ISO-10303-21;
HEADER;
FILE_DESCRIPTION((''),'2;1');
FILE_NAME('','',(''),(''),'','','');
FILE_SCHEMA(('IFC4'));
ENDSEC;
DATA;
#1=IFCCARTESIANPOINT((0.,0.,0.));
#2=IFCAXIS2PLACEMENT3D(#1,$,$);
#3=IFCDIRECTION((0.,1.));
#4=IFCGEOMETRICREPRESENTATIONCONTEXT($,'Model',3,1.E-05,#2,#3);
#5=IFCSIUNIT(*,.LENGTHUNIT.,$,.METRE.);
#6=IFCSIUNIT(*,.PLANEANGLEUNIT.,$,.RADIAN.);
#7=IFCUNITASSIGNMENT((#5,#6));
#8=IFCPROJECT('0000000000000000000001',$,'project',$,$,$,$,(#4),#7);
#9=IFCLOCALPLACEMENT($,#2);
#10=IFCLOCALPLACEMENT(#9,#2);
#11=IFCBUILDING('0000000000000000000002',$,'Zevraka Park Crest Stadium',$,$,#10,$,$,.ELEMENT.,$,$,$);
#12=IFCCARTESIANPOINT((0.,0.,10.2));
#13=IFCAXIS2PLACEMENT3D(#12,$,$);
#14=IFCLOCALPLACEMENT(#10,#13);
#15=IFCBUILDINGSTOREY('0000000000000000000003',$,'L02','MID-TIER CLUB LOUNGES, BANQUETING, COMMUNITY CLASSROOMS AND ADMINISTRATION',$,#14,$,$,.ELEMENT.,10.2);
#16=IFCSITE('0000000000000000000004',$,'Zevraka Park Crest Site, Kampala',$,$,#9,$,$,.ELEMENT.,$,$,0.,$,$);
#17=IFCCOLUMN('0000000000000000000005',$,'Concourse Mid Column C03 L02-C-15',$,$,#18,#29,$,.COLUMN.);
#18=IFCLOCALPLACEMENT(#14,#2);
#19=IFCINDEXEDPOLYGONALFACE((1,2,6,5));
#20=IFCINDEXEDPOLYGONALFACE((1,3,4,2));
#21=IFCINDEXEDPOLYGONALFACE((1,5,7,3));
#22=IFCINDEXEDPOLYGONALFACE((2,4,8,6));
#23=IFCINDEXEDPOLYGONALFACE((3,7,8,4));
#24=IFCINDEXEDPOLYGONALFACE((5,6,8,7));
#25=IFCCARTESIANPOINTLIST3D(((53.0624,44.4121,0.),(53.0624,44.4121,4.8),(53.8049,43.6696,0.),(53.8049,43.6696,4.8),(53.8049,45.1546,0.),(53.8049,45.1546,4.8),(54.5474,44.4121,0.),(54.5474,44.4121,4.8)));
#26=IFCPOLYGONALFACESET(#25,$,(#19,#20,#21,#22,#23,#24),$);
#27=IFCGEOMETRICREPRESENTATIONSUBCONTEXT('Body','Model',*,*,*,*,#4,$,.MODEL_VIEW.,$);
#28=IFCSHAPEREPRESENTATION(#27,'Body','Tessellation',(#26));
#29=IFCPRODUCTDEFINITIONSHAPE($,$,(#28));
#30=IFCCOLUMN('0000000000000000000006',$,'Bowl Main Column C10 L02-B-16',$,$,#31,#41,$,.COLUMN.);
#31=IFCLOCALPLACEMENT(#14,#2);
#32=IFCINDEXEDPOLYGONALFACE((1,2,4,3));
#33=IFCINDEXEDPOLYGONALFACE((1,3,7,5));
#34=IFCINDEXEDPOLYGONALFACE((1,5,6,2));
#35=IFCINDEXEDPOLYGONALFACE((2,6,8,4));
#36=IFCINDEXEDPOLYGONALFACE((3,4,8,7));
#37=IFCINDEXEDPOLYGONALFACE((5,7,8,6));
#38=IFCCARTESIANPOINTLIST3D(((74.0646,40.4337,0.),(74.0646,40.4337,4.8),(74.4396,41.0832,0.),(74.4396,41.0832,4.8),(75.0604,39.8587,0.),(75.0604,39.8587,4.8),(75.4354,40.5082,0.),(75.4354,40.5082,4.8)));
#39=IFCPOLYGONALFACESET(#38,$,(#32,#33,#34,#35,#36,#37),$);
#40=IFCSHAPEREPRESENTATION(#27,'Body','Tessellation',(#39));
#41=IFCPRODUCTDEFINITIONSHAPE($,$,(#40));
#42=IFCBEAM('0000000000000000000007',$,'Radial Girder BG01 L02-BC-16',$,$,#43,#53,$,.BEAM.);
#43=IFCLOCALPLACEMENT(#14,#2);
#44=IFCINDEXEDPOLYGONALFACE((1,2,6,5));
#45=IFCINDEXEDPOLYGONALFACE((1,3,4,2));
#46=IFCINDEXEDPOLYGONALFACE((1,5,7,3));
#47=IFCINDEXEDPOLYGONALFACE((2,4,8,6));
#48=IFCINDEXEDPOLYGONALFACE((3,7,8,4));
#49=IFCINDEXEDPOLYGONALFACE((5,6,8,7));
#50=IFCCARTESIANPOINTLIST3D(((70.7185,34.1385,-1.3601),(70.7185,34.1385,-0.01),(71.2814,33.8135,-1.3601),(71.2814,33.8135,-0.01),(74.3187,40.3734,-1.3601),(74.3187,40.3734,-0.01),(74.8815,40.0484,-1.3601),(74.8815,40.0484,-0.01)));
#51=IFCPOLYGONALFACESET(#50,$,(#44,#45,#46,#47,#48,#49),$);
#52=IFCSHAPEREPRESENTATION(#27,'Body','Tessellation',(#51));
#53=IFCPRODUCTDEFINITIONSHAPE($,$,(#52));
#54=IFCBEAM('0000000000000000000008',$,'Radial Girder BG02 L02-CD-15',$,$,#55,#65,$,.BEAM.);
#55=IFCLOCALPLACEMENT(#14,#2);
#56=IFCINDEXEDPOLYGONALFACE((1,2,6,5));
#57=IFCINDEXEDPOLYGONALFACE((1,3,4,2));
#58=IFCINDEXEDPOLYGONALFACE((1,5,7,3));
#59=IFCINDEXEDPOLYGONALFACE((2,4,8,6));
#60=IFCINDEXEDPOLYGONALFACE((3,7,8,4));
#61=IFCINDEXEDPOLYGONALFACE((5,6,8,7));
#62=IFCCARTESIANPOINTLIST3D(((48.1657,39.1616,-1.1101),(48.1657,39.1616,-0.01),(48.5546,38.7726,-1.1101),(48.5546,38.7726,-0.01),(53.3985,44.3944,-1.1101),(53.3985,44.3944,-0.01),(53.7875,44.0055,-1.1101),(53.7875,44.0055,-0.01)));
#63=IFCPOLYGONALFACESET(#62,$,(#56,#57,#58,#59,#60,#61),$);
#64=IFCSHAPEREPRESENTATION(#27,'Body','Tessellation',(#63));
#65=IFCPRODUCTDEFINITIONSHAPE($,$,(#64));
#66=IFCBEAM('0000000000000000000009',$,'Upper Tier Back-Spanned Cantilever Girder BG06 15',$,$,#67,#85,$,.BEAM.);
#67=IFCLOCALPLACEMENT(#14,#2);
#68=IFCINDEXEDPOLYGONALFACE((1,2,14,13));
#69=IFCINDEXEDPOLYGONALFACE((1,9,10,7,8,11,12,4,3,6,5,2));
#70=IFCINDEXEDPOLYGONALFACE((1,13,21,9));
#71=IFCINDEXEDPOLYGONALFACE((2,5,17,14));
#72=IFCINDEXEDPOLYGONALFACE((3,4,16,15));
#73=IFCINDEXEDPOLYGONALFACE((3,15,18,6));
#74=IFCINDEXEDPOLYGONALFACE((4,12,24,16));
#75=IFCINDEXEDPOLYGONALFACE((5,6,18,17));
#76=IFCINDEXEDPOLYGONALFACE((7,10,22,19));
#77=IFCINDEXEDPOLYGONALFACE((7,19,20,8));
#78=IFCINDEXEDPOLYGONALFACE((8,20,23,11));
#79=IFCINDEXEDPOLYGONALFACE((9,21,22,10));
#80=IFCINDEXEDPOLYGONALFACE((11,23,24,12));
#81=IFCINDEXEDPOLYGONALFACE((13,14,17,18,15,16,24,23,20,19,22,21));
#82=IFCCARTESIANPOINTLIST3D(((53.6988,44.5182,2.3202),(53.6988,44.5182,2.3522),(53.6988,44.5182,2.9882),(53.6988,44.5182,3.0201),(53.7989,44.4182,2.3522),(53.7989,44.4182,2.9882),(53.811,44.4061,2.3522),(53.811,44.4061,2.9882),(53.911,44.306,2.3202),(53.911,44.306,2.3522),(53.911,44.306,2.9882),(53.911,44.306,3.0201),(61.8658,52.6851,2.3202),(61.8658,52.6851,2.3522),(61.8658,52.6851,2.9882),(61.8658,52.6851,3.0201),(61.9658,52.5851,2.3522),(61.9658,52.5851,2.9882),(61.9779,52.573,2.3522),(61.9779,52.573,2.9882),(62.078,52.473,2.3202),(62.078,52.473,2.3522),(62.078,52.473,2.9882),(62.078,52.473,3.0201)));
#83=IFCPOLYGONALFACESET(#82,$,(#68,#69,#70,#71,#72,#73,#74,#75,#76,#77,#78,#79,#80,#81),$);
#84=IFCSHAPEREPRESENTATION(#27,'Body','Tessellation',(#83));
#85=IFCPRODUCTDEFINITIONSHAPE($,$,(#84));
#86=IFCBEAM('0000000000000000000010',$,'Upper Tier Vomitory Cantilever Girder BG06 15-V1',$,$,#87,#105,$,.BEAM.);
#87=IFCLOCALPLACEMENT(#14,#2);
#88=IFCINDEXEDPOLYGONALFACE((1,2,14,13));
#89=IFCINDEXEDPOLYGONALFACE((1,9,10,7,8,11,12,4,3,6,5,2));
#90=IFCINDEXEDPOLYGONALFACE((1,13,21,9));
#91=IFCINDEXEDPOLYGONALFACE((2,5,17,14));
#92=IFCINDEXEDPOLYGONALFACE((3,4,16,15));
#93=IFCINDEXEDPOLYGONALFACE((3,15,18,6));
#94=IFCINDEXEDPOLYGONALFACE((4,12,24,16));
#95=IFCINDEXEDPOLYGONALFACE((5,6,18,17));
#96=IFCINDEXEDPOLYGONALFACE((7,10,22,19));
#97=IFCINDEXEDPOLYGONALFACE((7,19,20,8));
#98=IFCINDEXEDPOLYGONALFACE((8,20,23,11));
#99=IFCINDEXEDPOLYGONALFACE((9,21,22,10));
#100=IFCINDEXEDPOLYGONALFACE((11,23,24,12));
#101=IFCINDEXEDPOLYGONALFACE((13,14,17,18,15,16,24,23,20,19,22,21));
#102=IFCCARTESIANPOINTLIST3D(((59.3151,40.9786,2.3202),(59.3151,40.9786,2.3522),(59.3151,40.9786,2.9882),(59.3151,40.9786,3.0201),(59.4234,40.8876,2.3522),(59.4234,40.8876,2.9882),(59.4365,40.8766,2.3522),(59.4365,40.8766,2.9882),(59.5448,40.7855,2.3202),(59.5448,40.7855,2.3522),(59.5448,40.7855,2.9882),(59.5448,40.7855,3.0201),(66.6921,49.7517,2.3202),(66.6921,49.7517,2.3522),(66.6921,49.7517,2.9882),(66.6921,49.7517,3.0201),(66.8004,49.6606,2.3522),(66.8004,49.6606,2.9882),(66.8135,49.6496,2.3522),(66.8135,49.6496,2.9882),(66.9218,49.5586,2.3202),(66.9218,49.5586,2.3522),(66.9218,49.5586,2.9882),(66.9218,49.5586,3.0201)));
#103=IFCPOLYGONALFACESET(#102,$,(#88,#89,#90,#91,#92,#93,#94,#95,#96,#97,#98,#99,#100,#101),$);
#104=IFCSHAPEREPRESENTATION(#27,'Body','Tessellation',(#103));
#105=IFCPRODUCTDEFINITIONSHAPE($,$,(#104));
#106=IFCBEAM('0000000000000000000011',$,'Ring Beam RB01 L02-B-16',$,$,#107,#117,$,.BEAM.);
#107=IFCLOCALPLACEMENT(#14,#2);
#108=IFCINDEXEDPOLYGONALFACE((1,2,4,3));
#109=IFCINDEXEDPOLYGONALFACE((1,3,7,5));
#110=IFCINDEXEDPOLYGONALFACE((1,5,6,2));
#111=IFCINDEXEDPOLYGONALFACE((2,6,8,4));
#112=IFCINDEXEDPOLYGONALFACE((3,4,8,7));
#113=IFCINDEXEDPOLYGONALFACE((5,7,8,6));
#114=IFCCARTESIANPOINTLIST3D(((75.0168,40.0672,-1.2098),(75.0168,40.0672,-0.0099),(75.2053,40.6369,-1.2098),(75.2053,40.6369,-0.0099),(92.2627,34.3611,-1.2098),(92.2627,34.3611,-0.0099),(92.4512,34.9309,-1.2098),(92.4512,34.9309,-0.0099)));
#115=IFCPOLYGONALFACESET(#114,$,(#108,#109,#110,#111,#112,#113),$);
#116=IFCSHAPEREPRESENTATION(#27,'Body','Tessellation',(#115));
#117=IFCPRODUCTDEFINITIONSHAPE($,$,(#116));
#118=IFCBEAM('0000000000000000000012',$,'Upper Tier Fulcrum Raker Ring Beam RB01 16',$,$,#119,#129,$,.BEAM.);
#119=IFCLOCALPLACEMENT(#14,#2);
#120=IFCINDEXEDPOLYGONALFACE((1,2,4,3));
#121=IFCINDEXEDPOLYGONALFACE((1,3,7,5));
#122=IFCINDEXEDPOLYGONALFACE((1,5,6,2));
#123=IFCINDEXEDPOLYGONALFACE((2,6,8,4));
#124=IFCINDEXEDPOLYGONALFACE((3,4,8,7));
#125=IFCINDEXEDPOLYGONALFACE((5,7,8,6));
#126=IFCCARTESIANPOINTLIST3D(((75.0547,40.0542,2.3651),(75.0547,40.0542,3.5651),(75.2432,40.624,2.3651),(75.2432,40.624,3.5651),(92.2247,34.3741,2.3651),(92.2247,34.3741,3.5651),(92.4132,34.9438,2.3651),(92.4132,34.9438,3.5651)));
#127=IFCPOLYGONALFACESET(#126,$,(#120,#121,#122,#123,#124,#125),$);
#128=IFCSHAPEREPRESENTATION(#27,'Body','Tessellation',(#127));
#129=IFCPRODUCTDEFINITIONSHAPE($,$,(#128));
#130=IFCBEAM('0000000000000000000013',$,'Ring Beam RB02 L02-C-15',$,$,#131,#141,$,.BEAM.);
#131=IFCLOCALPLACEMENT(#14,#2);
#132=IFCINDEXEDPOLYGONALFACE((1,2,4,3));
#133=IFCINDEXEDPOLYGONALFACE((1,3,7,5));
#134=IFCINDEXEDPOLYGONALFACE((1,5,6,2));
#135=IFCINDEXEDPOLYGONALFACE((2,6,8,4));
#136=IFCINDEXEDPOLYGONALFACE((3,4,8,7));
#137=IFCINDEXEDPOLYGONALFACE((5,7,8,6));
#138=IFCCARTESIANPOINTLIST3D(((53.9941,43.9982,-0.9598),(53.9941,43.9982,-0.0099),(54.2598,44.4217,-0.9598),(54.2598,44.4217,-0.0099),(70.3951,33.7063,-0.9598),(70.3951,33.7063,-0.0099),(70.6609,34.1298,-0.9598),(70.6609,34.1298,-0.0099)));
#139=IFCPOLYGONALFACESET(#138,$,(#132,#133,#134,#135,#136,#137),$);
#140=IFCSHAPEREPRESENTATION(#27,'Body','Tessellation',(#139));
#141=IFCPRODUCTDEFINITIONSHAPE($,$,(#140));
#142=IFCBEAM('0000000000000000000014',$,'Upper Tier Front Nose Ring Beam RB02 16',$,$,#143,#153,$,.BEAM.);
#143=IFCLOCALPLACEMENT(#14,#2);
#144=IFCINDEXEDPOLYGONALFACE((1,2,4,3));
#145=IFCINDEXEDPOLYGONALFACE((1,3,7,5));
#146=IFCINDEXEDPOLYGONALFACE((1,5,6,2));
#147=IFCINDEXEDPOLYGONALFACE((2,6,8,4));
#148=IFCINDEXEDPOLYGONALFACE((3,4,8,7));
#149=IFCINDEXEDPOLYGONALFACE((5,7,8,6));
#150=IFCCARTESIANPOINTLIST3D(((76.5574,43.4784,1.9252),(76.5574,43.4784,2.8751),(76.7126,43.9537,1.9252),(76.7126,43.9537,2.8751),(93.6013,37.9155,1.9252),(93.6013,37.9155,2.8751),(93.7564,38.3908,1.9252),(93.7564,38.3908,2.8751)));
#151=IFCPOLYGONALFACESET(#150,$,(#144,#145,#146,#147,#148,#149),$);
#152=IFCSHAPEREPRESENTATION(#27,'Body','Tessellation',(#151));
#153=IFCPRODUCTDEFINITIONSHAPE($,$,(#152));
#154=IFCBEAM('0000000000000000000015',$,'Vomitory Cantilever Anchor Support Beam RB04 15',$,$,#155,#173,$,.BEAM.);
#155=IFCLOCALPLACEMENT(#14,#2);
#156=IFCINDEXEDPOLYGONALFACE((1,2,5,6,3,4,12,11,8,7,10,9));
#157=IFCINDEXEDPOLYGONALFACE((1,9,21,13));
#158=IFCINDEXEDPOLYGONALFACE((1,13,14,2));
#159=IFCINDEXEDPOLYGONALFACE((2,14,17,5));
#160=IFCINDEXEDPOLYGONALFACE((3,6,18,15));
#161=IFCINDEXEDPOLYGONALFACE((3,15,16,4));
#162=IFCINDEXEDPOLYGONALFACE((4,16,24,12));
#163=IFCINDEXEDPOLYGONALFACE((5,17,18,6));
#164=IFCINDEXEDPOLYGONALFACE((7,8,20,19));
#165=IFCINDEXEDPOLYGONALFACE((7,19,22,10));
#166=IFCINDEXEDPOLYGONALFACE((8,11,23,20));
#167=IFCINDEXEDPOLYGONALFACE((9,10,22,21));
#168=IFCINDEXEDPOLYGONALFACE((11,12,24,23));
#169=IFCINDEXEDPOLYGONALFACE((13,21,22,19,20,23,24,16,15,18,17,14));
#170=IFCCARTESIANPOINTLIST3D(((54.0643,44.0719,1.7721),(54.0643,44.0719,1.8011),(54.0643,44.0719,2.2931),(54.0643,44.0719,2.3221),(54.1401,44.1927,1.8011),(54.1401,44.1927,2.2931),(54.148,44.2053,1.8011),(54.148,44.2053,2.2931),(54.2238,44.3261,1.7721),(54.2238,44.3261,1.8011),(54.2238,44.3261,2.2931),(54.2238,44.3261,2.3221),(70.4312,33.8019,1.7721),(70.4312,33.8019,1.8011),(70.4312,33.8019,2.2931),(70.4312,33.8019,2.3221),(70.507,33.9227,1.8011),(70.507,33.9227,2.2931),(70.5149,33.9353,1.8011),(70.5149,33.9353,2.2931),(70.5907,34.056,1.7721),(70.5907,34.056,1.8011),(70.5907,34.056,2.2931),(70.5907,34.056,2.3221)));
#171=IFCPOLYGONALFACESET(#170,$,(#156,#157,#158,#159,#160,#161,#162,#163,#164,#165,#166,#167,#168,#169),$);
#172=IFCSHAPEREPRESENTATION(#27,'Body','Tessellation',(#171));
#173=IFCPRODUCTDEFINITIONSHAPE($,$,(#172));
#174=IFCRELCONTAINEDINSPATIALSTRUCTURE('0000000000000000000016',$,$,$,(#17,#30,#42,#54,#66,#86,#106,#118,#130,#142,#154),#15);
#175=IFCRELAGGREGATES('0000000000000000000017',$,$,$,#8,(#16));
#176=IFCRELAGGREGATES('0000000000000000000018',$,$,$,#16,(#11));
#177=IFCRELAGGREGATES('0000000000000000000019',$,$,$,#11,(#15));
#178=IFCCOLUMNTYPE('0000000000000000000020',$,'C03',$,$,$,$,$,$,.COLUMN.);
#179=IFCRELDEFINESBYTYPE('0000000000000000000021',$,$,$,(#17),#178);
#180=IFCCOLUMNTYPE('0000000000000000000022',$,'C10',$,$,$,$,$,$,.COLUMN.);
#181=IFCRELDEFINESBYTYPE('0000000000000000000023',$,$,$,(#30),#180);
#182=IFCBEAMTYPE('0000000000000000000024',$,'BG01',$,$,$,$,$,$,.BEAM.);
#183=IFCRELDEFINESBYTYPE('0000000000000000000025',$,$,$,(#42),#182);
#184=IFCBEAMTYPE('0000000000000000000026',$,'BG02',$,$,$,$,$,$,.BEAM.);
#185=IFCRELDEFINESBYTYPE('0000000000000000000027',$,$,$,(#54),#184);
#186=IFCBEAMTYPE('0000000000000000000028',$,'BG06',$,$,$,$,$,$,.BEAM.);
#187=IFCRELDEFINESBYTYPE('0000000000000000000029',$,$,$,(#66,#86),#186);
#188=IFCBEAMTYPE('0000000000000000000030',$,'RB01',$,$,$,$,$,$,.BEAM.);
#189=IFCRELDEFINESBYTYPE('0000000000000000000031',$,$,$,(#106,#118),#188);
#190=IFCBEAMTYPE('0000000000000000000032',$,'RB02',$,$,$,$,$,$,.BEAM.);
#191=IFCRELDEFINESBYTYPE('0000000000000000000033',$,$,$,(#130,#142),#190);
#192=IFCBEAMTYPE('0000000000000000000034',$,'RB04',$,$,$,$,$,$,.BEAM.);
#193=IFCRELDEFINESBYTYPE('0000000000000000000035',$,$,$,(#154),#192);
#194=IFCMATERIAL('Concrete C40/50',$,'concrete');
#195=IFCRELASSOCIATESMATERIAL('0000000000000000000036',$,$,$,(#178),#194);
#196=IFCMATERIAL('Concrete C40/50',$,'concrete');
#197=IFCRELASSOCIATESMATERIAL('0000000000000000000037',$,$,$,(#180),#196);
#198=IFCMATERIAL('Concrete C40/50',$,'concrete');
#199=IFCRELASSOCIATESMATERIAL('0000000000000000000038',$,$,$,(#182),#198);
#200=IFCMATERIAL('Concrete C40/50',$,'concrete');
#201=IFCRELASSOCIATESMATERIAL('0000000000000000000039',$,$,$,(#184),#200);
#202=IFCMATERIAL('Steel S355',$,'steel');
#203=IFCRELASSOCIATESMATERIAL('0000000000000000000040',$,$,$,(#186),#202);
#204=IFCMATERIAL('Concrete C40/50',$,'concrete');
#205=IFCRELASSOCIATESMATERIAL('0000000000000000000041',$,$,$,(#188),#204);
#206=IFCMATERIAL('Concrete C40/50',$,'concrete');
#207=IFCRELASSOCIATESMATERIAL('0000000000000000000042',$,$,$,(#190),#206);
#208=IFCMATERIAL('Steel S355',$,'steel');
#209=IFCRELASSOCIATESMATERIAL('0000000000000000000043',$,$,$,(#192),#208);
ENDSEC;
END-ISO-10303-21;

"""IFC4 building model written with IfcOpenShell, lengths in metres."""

from ifc_helpers import new_model, si_unit, direction, frame, origin, origin_2d, place, context, subcontext, project, spatial, rectangle, i_section, extrude, material, material_profile, profile_set, type_object, element, save


model = new_model("IFC4")

# Units and contexts
model_context = context("Model", 3, precision=1e-05, world=origin(), true_north=direction((0.0, 1.0)))
body_context = subcontext(model_context, "Body", "Model", "MODEL_VIEW")
ifc_project = project(units=[si_unit("LENGTHUNIT", "METRE"), si_unit("PLANEANGLEUNIT", "RADIAN")], contexts=[model_context])

# Site, building, storey
site_placement = place(None, origin())
site = spatial("IfcSite", under=ifc_project, at=site_placement, Name="Zevraka Park Crest Site, Kampala", CompositionType="ELEMENT", RefElevation=0.0)
building_placement = place(site_placement, origin())
building = spatial("IfcBuilding", under=site, at=building_placement, Name="Zevraka Park Crest Stadium", CompositionType="ELEMENT")
storey_placement = place(building_placement, frame((0.0, 0.0, 10.2)))
storey = spatial("IfcBuildingStorey", under=building, at=storey_placement, Name="L02", Description="MID-TIER CLUB LOUNGES, BANQUETING, COMMUNITY CLASSROOMS AND ADMINISTRATION", CompositionType="ELEMENT", Elevation=10.2)

# Columns
ifc_material_1 = material(Name="Concrete C40/50", Category="concrete")
ifc_material_profile_1 = material_profile(ifc_material_1, rectangle(XDim=1.05, YDim=1.05, at=origin_2d()), Name="RC 1050x1050")
ifc_profile_set_1 = profile_set([ifc_material_profile_1], Name="Concrete C40/50")
column_type_1 = type_object("IfcColumnType", Name="C03", PredefinedType="COLUMN", material=ifc_profile_set_1)
column_1_placement = place(storey_placement, frame((53.8049, 44.4121, 0.0), z_axis=(0.0, 0.0, 1.0), x_axis=(0.707107, 0.707107, 0.0)))
element("IfcColumn", 1, at=column_1_placement, inside=storey, type_object=column_type_1, Name="Concourse Mid Column C03 L02-C-15", PredefinedType="COLUMN", context=body_context, shape_type="SweptSolid", body=[
    extrude(rectangle(XDim=1.05, YDim=1.05, at=origin_2d()), origin(), (0.0, 0.0, 1.0), 4.8),
])
ifc_material_2 = material(Name="Concrete C40/50", Category="concrete")
ifc_material_profile_2 = material_profile(ifc_material_2, rectangle(XDim=0.75, YDim=1.1499, at=origin_2d()), Name="RC 1150x750")
ifc_profile_set_2 = profile_set([ifc_material_profile_2], Name="Concrete C40/50")
column_type_2 = type_object("IfcColumnType", Name="C10", PredefinedType="COLUMN", material=ifc_profile_set_2)
column_2_placement = place(storey_placement, frame((74.75, 40.4709, 0.0), z_axis=(0.0, 0.0, 1.0), x_axis=(0.5, 0.866025, 0.0)))
element("IfcColumn", 2, at=column_2_placement, inside=storey, type_object=column_type_2, Name="Bowl Main Column C10 L02-B-16", PredefinedType="COLUMN", context=body_context, shape_type="SweptSolid", body=[
    extrude(rectangle(XDim=0.75, YDim=1.1499, at=origin_2d()), origin(), (0.0, 0.0, 1.0), 4.8),
])

# Beams
ifc_material_3 = material(Name="Concrete C40/50", Category="concrete")
ifc_material_profile_3 = material_profile(ifc_material_3, rectangle(XDim=0.6499, YDim=1.3501, at=origin_2d()), Name="RC 1350x650")
ifc_profile_set_3 = profile_set([ifc_material_profile_3], Name="Concrete C40/50")
beam_type_1 = type_object("IfcBeamType", Name="BG01", PredefinedType="BEAM", material=ifc_profile_set_3)
beam_1_placement = place(storey_placement, frame((74.6001, 40.2109, -0.6851), z_axis=(-0.500041, -0.866001, 0.0), x_axis=(0.866001, -0.500041, 0.0)))
element("IfcBeam", 3, at=beam_1_placement, inside=storey, type_object=beam_type_1, Name="Radial Girder BG01 L02-BC-16", PredefinedType="BEAM", context=body_context, shape_type="SweptSolid", body=[
    extrude(rectangle(XDim=0.6499, YDim=1.3501, at=origin_2d()), origin(), (0.0, 0.0, 1.0), 7.1997),
])
ifc_material_4 = material(Name="Concrete C40/50", Category="concrete")
ifc_material_profile_4 = material_profile(ifc_material_4, rectangle(XDim=0.55, YDim=1.1001, at=origin_2d()), Name="RC 1100x550")
ifc_profile_set_4 = profile_set([ifc_material_profile_4], Name="Concrete C40/50")
beam_type_2 = type_object("IfcBeamType", Name="BG02", PredefinedType="BEAM", material=ifc_profile_set_4)
beam_2_placement = place(storey_placement, frame((53.593, 44.2, -0.5601), z_axis=(-0.707107, -0.707107, 0.0), x_axis=(0.707107, -0.707107, 0.0)))
element("IfcBeam", 4, at=beam_2_placement, inside=storey, type_object=beam_type_2, Name="Radial Girder BG02 L02-CD-15", PredefinedType="BEAM", context=body_context, shape_type="SweptSolid", body=[
    extrude(rectangle(XDim=0.55, YDim=1.1001, at=origin_2d()), origin(), (0.0, 0.0, 1.0), 7.4004),
])
ifc_material_5 = material(Name="Steel S355", Category="steel")
ifc_material_profile_5 = material_profile(ifc_material_5, i_section(OverallWidth=0.3, OverallDepth=0.7, WebThickness=0.0171, FlangeThickness=0.032, at=origin_2d()), Name="HEB 700")
ifc_profile_set_5 = profile_set([ifc_material_profile_5], Name="Steel S355")
beam_type_3 = type_object("IfcBeamType", Name="BG06", PredefinedType="BEAM", material=ifc_profile_set_5)
beam_3_placement = place(storey_placement, frame((53.8049, 44.4121, 2.6702), z_axis=(0.707107, 0.707107, 0.0), x_axis=(-0.707107, 0.707107, 0.0)))
element("IfcBeam", 5, at=beam_3_placement, inside=storey, type_object=beam_type_3, Name="Upper Tier Back-Spanned Cantilever Girder BG06 15", PredefinedType="BEAM", context=body_context, shape_type="SweptSolid", body=[
    extrude(i_section(OverallWidth=0.3, OverallDepth=0.7, WebThickness=0.0171, FlangeThickness=0.032, at=origin_2d()), origin(), (0.0, 0.0, 1.0), 11.5498),
])
beam_4_placement = place(storey_placement, frame((59.4299, 40.8821, 2.6702), z_axis=(0.643585, 0.765375, 0.0), x_axis=(-0.765375, 0.643585, 0.0)))
element("IfcBeam", 6, at=beam_4_placement, inside=storey, type_object=beam_type_3, Name="Upper Tier Vomitory Cantilever Girder BG06 15-V1", PredefinedType="BEAM", context=body_context, shape_type="SweptSolid", body=[
    extrude(i_section(OverallWidth=0.3, OverallDepth=0.7, WebThickness=0.0171, FlangeThickness=0.032, at=origin_2d()), origin(), (0.0, 0.0, 1.0), 11.4624),
])
ifc_material_6 = material(Name="Concrete C40/50", Category="concrete")
ifc_material_profile_6 = material_profile(ifc_material_6, rectangle(XDim=0.6001, YDim=1.2, at=origin_2d()), Name="RC 1200x600")
ifc_profile_set_6 = profile_set([ifc_material_profile_6], Name="Concrete C40/50")
beam_type_4 = type_object("IfcBeamType", Name="RB01", PredefinedType="BEAM", material=ifc_profile_set_6)
beam_5_placement = place(storey_placement, frame((75.1111, 40.3521, -0.6099), z_axis=(0.949384, -0.314118, 0.0), x_axis=(0.314118, 0.949384, 0.0)))
element("IfcBeam", 7, at=beam_5_placement, inside=storey, type_object=beam_type_4, Name="Ring Beam RB01 L02-B-16", PredefinedType="BEAM", context=body_context, shape_type="SweptSolid", body=[
    extrude(rectangle(XDim=0.6001, YDim=1.2, at=origin_2d()), origin(), (0.0, 0.0, 1.0), 18.1653),
])
beam_6_placement = place(storey_placement, frame((75.1489, 40.3391, 2.9651), z_axis=(0.949398, -0.314077, 0.0), x_axis=(0.314077, 0.949398, 0.0)))
element("IfcBeam", 8, at=beam_6_placement, inside=storey, type_object=beam_type_4, Name="Upper Tier Fulcrum Raker Ring Beam RB01 16", PredefinedType="BEAM", context=body_context, shape_type="SweptSolid", body=[
    extrude(rectangle(XDim=0.6001, YDim=1.2, at=origin_2d()), origin(), (0.0, 0.0, 1.0), 18.0852),
])
ifc_material_7 = material(Name="Concrete C40/50", Category="concrete")
ifc_material_profile_7 = material_profile(ifc_material_7, rectangle(XDim=0.5, YDim=0.95, at=origin_2d()), Name="RC 950x500")
ifc_profile_set_7 = profile_set([ifc_material_profile_7], Name="Concrete C40/50")
beam_type_5 = type_object("IfcBeamType", Name="RB02", PredefinedType="BEAM", material=ifc_profile_set_7)
beam_7_placement = place(storey_placement, frame((54.127, 44.21, -0.4849), z_axis=(0.847039, -0.531532, 0.0), x_axis=(0.531532, 0.847039, 0.0)))
element("IfcBeam", 9, at=beam_7_placement, inside=storey, type_object=beam_type_5, Name="Ring Beam RB02 L02-C-15", PredefinedType="BEAM", context=body_context, shape_type="SweptSolid", body=[
    extrude(rectangle(XDim=0.5, YDim=0.95, at=origin_2d()), origin(), (0.0, 0.0, 1.0), 19.3628),
])
beam_8_placement = place(storey_placement, frame((76.635, 43.7161, 2.4001), z_axis=(0.950645, -0.310282, 0.0), x_axis=(0.310282, 0.950645, 0.0)))
element("IfcBeam", 10, at=beam_8_placement, inside=storey, type_object=beam_type_5, Name="Upper Tier Front Nose Ring Beam RB02 16", PredefinedType="BEAM", context=body_context, shape_type="SweptSolid", body=[
    extrude(rectangle(XDim=0.5, YDim=0.95, at=origin_2d()), origin(), (0.0, 0.0, 1.0), 17.9287),
])
ifc_material_8 = material(Name="Steel S355", Category="steel")
ifc_material_profile_8 = material_profile(ifc_material_8, i_section(OverallWidth=0.3, OverallDepth=0.55, WebThickness=0.0149, FlangeThickness=0.0291, at=origin_2d()), Name="HEB 550")
ifc_profile_set_8 = profile_set([ifc_material_profile_8], Name="Steel S355")
beam_type_6 = type_object("IfcBeamType", Name="RB04", PredefinedType="BEAM", material=ifc_profile_set_8)
beam_9_placement = place(storey_placement, frame((54.144, 44.199, 2.0471), z_axis=(0.847051, -0.531512, 0.0), x_axis=(0.531512, 0.847051, 0.0)))
element("IfcBeam", 11, at=beam_9_placement, inside=storey, type_object=beam_type_6, Name="Vomitory Cantilever Anchor Support Beam RB04 15", PredefinedType="BEAM", context=body_context, shape_type="SweptSolid", body=[
    extrude(i_section(OverallWidth=0.3, OverallDepth=0.55, WebThickness=0.0149, FlangeThickness=0.0291, at=origin_2d()), origin(), (0.0, 0.0, 1.0), 19.3223),
])

save(model, "model.ifc")
